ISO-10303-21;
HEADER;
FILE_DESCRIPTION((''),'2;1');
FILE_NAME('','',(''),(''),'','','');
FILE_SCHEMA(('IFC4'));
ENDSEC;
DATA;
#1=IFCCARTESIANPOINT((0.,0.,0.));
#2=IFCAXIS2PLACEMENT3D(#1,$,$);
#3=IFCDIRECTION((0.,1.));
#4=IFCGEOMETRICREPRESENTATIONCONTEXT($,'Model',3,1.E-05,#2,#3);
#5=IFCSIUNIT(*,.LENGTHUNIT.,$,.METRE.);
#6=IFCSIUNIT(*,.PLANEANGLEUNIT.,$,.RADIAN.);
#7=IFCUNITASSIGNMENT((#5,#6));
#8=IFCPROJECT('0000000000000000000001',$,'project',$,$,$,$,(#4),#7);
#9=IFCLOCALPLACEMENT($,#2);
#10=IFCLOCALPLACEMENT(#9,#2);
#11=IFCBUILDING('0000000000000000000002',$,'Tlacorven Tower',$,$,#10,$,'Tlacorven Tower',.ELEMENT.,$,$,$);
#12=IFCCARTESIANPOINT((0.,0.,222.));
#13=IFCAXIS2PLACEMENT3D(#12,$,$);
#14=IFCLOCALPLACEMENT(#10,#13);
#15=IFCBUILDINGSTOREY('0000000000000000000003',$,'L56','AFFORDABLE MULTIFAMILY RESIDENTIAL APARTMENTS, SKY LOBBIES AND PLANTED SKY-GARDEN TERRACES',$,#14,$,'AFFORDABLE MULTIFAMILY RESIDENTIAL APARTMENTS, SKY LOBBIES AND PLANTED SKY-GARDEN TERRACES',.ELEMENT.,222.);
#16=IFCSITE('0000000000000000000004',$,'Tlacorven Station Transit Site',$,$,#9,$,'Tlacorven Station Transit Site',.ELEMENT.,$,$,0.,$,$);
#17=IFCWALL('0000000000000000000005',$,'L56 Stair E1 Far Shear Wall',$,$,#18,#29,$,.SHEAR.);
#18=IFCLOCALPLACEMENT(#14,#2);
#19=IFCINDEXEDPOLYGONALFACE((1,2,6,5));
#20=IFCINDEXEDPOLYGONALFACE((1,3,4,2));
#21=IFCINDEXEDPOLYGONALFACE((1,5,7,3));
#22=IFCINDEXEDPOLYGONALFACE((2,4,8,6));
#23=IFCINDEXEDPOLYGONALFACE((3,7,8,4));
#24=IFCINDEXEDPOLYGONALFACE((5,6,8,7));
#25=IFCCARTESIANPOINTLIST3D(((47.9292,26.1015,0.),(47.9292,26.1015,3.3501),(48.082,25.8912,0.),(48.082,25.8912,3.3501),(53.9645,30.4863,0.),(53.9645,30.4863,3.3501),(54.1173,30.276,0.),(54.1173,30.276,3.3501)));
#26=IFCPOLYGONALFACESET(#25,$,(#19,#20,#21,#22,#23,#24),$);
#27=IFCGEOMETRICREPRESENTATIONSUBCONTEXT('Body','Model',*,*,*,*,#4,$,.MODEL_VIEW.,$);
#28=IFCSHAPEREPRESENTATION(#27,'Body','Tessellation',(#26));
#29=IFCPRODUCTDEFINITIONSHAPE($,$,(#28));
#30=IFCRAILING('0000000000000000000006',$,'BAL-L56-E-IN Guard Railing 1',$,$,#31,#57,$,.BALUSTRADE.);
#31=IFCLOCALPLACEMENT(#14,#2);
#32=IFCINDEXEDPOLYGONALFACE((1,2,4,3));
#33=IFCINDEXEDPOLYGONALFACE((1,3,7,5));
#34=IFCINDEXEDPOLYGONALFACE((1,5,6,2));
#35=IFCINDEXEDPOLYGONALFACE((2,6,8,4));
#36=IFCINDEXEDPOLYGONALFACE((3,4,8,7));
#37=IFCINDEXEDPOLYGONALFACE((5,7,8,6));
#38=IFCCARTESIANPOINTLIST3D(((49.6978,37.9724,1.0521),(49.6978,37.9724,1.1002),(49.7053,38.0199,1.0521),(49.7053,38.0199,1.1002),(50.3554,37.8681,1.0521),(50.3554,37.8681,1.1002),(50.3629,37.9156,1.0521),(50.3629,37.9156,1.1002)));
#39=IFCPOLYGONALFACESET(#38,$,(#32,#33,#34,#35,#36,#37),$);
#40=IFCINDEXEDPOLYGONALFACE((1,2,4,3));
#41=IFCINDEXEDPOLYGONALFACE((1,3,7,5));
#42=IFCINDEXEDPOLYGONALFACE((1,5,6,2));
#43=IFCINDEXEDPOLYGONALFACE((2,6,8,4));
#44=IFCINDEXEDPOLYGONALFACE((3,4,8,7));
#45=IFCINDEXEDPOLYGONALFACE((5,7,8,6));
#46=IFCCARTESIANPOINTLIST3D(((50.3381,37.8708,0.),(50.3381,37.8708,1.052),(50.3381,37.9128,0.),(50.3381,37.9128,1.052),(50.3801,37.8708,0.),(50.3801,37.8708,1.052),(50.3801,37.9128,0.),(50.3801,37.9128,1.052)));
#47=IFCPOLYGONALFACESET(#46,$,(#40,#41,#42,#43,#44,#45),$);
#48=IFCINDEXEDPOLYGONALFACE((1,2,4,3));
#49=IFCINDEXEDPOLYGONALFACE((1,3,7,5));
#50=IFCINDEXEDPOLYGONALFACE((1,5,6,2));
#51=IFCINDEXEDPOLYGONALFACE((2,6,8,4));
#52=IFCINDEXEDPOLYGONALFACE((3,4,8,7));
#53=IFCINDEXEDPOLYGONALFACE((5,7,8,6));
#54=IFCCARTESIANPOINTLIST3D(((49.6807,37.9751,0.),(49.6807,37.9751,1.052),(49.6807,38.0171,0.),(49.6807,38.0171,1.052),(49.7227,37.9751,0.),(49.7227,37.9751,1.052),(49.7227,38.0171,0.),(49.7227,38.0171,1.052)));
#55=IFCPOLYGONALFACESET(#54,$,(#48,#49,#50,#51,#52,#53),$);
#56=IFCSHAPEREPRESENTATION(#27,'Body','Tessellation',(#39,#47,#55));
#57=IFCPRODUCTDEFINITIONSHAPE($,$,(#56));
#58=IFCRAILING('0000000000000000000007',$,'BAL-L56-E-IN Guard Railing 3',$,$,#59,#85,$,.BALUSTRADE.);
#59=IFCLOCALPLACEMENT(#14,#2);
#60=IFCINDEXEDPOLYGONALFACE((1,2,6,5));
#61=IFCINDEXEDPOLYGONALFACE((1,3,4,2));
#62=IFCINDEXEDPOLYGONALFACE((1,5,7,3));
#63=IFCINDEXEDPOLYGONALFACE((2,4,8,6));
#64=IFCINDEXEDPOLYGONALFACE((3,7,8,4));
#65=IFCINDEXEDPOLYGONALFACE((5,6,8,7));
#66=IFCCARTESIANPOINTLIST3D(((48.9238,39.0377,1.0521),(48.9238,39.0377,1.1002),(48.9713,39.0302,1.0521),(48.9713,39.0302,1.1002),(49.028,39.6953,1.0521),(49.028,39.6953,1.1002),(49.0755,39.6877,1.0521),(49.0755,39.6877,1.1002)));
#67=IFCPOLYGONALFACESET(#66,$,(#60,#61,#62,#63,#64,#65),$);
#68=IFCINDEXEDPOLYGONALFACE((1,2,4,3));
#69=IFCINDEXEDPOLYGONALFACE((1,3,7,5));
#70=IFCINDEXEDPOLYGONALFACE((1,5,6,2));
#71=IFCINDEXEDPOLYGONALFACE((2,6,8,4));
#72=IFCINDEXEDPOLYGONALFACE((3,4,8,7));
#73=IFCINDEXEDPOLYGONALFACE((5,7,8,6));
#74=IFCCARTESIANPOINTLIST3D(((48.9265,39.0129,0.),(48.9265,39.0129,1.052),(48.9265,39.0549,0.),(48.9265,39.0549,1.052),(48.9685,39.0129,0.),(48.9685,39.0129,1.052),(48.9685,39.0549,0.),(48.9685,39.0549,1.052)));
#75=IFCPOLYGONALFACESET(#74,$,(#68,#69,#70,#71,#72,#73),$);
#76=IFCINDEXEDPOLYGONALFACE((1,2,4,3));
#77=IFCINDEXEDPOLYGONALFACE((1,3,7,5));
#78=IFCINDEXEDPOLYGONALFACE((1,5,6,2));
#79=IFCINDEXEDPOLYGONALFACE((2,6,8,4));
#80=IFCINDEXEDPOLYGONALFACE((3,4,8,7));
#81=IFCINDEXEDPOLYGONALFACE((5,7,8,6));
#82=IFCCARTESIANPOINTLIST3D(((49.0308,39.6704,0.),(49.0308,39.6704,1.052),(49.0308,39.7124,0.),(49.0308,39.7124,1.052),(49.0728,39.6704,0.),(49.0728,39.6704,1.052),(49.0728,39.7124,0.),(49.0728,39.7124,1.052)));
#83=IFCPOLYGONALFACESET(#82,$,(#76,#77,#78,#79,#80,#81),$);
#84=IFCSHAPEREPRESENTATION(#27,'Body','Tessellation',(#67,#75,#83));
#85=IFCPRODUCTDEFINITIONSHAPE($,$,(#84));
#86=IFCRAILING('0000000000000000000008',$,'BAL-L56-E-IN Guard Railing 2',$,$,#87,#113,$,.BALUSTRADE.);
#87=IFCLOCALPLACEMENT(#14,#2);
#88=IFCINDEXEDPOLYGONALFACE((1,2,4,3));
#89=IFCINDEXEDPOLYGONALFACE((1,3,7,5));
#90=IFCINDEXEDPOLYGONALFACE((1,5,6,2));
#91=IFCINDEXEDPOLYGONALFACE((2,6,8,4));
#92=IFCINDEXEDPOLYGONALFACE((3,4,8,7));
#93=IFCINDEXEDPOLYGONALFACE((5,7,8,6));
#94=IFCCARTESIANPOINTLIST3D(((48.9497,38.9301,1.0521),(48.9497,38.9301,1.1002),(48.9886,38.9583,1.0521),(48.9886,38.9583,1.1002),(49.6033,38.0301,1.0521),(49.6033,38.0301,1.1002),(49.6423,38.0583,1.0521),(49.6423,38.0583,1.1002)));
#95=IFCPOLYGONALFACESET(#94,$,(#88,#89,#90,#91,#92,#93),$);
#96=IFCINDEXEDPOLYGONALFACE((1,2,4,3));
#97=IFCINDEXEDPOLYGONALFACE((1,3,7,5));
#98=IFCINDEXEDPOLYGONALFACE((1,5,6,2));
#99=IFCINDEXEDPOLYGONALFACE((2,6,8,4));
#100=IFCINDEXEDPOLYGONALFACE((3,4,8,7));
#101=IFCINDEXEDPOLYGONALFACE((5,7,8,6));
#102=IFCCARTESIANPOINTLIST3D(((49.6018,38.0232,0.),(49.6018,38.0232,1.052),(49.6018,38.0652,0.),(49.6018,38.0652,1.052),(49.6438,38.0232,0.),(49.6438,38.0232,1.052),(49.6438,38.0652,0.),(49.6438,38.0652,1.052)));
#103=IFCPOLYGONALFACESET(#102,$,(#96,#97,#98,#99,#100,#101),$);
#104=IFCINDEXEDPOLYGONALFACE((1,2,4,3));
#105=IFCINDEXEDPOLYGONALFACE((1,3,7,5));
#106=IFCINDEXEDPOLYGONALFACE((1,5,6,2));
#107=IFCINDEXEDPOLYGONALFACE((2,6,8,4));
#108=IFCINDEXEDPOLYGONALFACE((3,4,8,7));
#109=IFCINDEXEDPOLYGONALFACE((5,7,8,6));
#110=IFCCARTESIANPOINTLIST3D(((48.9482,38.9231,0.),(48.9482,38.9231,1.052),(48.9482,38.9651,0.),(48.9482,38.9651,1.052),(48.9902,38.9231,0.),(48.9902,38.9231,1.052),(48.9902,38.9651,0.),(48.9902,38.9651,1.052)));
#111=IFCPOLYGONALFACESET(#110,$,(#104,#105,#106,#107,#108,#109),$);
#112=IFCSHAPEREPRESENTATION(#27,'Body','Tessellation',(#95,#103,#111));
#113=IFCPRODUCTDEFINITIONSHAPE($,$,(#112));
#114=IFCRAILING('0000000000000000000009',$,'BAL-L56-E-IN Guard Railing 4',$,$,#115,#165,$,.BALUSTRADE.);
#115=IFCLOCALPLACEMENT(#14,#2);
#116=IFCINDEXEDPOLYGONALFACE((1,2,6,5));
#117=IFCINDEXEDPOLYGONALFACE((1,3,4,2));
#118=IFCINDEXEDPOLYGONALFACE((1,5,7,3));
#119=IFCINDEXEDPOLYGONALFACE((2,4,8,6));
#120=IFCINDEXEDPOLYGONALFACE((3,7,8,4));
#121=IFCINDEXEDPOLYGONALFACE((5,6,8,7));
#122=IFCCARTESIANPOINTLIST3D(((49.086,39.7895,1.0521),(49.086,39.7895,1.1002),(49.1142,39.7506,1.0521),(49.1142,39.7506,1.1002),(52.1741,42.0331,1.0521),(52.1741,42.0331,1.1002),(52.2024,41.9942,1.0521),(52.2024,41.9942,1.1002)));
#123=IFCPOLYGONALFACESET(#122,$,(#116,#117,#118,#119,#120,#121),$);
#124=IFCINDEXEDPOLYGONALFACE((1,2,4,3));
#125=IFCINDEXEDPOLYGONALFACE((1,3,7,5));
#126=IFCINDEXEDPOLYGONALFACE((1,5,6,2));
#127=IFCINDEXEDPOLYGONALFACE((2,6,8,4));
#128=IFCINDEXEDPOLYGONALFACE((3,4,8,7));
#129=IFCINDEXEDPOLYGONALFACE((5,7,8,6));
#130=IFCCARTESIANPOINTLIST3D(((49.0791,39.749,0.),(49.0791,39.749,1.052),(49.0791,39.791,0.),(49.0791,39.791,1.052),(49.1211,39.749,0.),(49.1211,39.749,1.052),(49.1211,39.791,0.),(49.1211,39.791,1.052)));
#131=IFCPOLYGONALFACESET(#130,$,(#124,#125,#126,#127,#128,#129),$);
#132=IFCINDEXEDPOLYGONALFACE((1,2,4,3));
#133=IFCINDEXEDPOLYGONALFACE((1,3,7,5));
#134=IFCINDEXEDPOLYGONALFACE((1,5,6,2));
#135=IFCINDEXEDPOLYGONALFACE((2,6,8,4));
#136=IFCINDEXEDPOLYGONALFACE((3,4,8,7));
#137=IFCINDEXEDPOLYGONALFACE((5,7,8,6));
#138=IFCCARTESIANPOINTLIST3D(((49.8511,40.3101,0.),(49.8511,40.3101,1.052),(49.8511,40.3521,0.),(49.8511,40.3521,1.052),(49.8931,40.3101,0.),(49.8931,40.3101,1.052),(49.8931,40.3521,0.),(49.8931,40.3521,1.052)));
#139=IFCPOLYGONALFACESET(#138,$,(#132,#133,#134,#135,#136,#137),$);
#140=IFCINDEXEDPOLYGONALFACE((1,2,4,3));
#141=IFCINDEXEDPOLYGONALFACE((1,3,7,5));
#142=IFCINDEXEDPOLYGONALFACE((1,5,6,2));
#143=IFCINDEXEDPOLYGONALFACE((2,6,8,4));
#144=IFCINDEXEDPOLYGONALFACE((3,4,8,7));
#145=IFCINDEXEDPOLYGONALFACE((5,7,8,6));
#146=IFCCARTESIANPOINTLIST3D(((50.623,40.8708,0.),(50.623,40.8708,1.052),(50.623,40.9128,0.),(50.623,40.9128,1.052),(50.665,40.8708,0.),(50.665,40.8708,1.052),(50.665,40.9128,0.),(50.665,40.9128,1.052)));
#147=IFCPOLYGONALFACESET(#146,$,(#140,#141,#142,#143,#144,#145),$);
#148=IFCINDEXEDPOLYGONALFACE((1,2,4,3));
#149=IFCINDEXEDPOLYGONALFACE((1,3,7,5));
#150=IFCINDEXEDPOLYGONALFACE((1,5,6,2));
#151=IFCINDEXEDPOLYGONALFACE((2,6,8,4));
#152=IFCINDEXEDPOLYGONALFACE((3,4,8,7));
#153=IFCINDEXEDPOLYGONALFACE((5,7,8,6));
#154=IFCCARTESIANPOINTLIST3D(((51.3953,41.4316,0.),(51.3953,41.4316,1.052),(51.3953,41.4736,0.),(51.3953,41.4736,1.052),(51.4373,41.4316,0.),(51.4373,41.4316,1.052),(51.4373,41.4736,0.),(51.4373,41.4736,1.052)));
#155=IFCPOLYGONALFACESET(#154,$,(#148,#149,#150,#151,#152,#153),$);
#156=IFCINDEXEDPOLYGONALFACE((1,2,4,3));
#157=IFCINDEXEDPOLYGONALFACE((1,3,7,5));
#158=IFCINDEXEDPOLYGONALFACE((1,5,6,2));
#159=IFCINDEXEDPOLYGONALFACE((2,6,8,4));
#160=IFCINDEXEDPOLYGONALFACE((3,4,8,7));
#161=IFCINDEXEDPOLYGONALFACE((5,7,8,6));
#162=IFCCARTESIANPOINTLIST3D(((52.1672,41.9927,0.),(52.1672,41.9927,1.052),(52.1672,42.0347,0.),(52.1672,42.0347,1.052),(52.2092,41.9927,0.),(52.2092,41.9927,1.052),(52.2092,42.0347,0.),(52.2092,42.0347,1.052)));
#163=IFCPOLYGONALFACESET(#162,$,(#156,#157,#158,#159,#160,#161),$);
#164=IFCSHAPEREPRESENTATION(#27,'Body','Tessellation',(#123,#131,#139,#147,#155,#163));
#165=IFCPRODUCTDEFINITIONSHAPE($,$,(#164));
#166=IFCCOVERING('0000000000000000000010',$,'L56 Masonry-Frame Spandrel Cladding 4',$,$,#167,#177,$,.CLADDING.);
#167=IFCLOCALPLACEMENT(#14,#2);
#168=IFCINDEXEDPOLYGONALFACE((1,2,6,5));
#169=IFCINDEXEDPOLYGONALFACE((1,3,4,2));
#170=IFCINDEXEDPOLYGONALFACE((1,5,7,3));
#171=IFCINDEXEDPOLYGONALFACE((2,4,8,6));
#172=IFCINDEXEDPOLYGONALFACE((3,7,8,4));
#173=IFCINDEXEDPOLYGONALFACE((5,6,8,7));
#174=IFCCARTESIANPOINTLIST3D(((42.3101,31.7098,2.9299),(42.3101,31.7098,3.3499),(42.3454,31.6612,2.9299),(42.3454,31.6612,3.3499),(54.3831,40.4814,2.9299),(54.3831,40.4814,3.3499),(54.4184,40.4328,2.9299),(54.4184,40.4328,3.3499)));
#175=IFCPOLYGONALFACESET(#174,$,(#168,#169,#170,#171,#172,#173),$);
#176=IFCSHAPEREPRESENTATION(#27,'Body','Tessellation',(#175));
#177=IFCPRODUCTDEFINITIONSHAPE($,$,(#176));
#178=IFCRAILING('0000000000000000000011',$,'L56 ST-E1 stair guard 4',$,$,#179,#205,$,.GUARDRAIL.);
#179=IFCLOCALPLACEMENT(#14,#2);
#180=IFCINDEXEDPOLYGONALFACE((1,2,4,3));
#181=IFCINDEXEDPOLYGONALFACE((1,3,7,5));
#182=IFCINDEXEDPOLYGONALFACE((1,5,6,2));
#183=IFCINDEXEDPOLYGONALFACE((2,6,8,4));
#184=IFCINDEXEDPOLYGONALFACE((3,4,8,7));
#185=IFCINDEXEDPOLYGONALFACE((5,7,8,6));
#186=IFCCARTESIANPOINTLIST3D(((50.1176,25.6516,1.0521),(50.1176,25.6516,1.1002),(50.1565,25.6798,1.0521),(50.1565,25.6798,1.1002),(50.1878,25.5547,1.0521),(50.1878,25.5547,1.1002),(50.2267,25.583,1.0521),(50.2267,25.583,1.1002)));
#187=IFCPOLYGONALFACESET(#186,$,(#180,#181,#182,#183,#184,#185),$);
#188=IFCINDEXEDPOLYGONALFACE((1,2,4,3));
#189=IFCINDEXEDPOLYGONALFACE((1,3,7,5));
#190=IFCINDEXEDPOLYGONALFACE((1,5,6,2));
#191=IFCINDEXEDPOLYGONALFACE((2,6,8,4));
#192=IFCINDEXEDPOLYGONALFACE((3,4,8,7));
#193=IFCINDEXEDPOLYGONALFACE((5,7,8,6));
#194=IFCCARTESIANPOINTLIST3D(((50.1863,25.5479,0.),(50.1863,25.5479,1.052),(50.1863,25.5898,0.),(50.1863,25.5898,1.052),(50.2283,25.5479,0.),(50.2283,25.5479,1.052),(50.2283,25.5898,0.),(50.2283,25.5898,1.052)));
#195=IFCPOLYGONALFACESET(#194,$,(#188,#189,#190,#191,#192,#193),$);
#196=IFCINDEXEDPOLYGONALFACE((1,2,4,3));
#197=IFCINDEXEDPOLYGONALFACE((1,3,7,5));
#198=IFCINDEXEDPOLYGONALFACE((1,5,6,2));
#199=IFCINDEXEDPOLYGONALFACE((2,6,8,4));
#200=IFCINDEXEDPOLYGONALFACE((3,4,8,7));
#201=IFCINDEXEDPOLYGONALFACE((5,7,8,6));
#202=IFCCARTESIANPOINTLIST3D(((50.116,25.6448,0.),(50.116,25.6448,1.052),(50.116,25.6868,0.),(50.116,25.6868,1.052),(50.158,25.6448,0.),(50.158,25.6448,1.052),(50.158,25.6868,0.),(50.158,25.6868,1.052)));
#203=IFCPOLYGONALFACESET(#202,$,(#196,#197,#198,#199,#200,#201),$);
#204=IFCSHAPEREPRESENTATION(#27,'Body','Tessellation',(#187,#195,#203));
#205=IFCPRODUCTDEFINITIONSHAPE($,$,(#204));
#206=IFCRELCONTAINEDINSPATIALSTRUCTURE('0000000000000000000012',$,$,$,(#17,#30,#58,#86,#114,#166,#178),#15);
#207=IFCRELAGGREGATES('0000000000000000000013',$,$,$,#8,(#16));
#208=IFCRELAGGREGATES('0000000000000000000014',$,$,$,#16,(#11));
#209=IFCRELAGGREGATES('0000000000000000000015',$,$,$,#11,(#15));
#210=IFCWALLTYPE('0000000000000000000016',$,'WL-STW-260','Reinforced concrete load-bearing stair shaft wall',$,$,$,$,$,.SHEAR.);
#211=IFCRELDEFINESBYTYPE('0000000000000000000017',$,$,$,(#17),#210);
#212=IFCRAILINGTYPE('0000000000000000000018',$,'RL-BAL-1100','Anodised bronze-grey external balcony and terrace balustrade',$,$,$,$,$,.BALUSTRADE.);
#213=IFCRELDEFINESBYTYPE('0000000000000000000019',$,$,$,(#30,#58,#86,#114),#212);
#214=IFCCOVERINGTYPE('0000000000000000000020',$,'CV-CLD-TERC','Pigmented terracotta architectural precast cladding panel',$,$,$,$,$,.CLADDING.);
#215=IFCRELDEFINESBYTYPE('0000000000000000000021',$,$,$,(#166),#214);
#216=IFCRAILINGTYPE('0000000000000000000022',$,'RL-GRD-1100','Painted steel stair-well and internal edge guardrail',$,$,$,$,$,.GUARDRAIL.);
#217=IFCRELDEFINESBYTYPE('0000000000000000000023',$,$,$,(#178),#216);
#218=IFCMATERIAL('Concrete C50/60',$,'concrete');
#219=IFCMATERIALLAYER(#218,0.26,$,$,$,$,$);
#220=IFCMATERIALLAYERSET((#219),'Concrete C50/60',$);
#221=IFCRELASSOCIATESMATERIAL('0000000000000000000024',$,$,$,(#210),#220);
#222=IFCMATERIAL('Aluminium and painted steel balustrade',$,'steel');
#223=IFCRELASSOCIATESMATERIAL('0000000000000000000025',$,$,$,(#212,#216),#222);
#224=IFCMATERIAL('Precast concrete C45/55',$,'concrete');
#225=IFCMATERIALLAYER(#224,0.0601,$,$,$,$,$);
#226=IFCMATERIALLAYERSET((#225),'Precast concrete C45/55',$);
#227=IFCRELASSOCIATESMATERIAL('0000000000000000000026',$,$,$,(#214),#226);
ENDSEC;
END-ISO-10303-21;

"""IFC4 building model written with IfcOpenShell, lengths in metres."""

from ifc_helpers import new_model, si_unit, direction, frame, frame_2d, origin, origin_2d, place, context, subcontext, project, spatial, rectangle, extrude, source, transform, mapped, material, layer, layer_set, type_object, element, save


model = new_model("IFC4")

# Units and contexts
model_context = context("Model", 3, precision=1e-05, world=origin(), true_north=direction((0.0, 1.0)))
body_context = subcontext(model_context, "Body", "Model", "MODEL_VIEW")
ifc_project = project(units=[si_unit("LENGTHUNIT", "METRE"), si_unit("PLANEANGLEUNIT", "RADIAN")], contexts=[model_context])

# Site, building, storey
site_placement = place(None, origin())
site = spatial("IfcSite", under=ifc_project, at=site_placement, Name="Tlacorven Station Transit Site", LongName="Tlacorven Station Transit Site", CompositionType="ELEMENT", RefElevation=0.0)
building_placement = place(site_placement, origin())
building = spatial("IfcBuilding", under=site, at=building_placement, Name="Tlacorven Tower", LongName="Tlacorven Tower", CompositionType="ELEMENT")
storey_placement = place(building_placement, frame((0.0, 0.0, 222.0)))
storey = spatial("IfcBuildingStorey", under=building, at=storey_placement, Name="L56", Description="AFFORDABLE MULTIFAMILY RESIDENTIAL APARTMENTS, SKY LOBBIES AND PLANTED SKY-GARDEN TERRACES", LongName="AFFORDABLE MULTIFAMILY RESIDENTIAL APARTMENTS, SKY LOBBIES AND PLANTED SKY-GARDEN TERRACES", CompositionType="ELEMENT", Elevation=222.0)

# Shared definitions
ifc_material_1 = material(Name="Precast concrete C45/55", Category="concrete")

# Wall
ifc_material_2 = material(Name="Concrete C50/60", Category="concrete")
ifc_layer_1 = layer(ifc_material_2, 0.26)
ifc_layer_set_1 = layer_set([ifc_layer_1], Name="Concrete C50/60")
wall_type_1 = type_object("IfcWallType", Name="WL-STW-260", Description="Reinforced concrete load-bearing stair shaft wall", PredefinedType="SHEAR", material=ifc_layer_set_1)
wall_1_placement = place(storey_placement, frame((48.0056, 25.9963, 0.0), z_axis=(0.0, 0.0, 1.0), x_axis=(0.809019, 0.587782, 0.0)))
element("IfcWall", 1, at=wall_1_placement, inside=storey, type_object=wall_type_1, Name="L56 Stair E1 Far Shear Wall", PredefinedType="SHEAR", context=body_context, shape_type="SweptSolid", body=[
    extrude(rectangle(XDim=7.46, YDim=0.26, at=frame_2d((3.73, 0.0))), origin(), (0.0, 0.0, 1.0), 3.3501),
])

# Railings
ifc_material_3 = material(Name="Aluminium and painted steel balustrade", Category="steel")
railing_type_1 = type_object("IfcRailingType", Name="RL-BAL-1100", Description="Anodised bronze-grey external balcony and terrace balustrade", PredefinedType="BALUSTRADE", material=ifc_material_3)
shared_shape_1 = source(origin(), body_context, "Body", "SweptSolid", [
    extrude(rectangle(XDim=0.0481, YDim=0.0481, at=origin_2d()), frame((0.0, 0.0, 1.0762), z_axis=(-0.987662, 0.156603, 0.0), x_axis=(-0.156603, -0.987662, 0.0)), (0.0, 0.0, 1.0), 0.6658),
    extrude(rectangle(XDim=0.042, YDim=0.042, at=origin_2d()), origin(), (0.0, 0.0, 1.0), 1.052),
    extrude(rectangle(XDim=0.042, YDim=0.042, at=origin_2d()), frame((-0.6575, 0.1042, 0.0)), (0.0, 0.0, 1.0), 1.052),
])
railing_1_placement = place(storey_placement, frame((50.3591, 37.8918, 0.0)))
element("IfcRailing", 2, at=railing_1_placement, inside=storey, type_object=railing_type_1, Name="BAL-L56-E-IN Guard Railing 1", PredefinedType="BALUSTRADE", context=body_context, shape_type="MappedRepresentation", body=[
    mapped(shared_shape_1, transform((0.0, 0.0, 0.0), scale=1.0)),
])
shared_shape_2 = source(origin(), body_context, "Body", "SweptSolid", [
    extrude(rectangle(XDim=0.0481, YDim=0.0481, at=origin_2d()), frame((0.0, 0.0, 1.0762), z_axis=(0.156603, 0.987662, 0.0), x_axis=(-0.987662, 0.156603, 0.0)), (0.0, 0.0, 1.0), 0.6658),
    extrude(rectangle(XDim=0.042, YDim=0.042, at=origin_2d()), origin(), (0.0, 0.0, 1.0), 1.052),
    extrude(rectangle(XDim=0.042, YDim=0.042, at=origin_2d()), frame((0.1042, 0.6575, 0.0)), (0.0, 0.0, 1.0), 1.052),
])
railing_2_placement = place(storey_placement, frame((48.9475, 39.0339, 0.0)))
element("IfcRailing", 3, at=railing_2_placement, inside=storey, type_object=railing_type_1, Name="BAL-L56-E-IN Guard Railing 3", PredefinedType="BALUSTRADE", context=body_context, shape_type="MappedRepresentation", body=[
    mapped(shared_shape_2, transform((0.0, 0.0, 0.0), scale=1.0)),
])
shared_shape_3 = source(origin(), body_context, "Body", "SweptSolid", [
    extrude(rectangle(XDim=0.0481, YDim=0.0481, at=origin_2d()), frame((0.0, 0.0, 1.0762), z_axis=(-0.587636, 0.809125, 0.0), x_axis=(-0.809125, -0.587636, 0.0)), (0.0, 0.0, 1.0), 1.1123),
    extrude(rectangle(XDim=0.042, YDim=0.042, at=origin_2d()), origin(), (0.0, 0.0, 1.0), 1.052),
    extrude(rectangle(XDim=0.042, YDim=0.042, at=origin_2d()), frame((-0.6536, 0.8999, 0.0)), (0.0, 0.0, 1.0), 1.052),
])
railing_3_placement = place(storey_placement, frame((49.6228, 38.0442, 0.0)))
element("IfcRailing", 4, at=railing_3_placement, inside=storey, type_object=railing_type_1, Name="BAL-L56-E-IN Guard Railing 2", PredefinedType="BALUSTRADE", context=body_context, shape_type="MappedRepresentation", body=[
    mapped(shared_shape_3, transform((0.0, 0.0, 0.0), scale=1.0)),
])
shared_shape_4 = source(origin(), body_context, "Body", "SweptSolid", [
    extrude(rectangle(XDim=0.0481, YDim=0.0481, at=origin_2d()), frame((0.0, 0.0, 1.0762), z_axis=(0.809018, 0.587784, 0.0), x_axis=(-0.587784, 0.809018, 0.0)), (0.0, 0.0, 1.0), 3.8171),
    extrude(rectangle(XDim=0.042, YDim=0.042, at=origin_2d()), origin(), (0.0, 0.0, 1.0), 1.052),
    extrude(rectangle(XDim=0.042, YDim=0.042, at=origin_2d()), frame((0.772, 0.561, 0.0)), (0.0, 0.0, 1.0), 1.052),
    extrude(rectangle(XDim=0.042, YDim=0.042, at=origin_2d()), frame((1.5439, 1.1218, 0.0)), (0.0, 0.0, 1.0), 1.052),
    extrude(rectangle(XDim=0.042, YDim=0.042, at=origin_2d()), frame((2.3162, 1.6826, 0.0)), (0.0, 0.0, 1.0), 1.052),
    extrude(rectangle(XDim=0.042, YDim=0.042, at=origin_2d()), frame((3.0881, 2.2437, 0.0)), (0.0, 0.0, 1.0), 1.052),
])
railing_4_placement = place(storey_placement, frame((49.1001, 39.77, 0.0)))
element("IfcRailing", 5, at=railing_4_placement, inside=storey, type_object=railing_type_1, Name="BAL-L56-E-IN Guard Railing 4", PredefinedType="BALUSTRADE", context=body_context, shape_type="MappedRepresentation", body=[
    mapped(shared_shape_4, transform((0.0, 0.0, 0.0), scale=1.0)),
])

# Covering
ifc_layer_2 = layer(ifc_material_1, 0.0601)
ifc_layer_set_2 = layer_set([ifc_layer_2], Name="Precast concrete C45/55")
covering_type = type_object("IfcCoveringType", Name="CV-CLD-TERC", Description="Pigmented terracotta architectural precast cladding panel", PredefinedType="CLADDING", material=ifc_layer_set_2)
shared_shape_5 = source(origin(), body_context, "Body", "SweptSolid", [
    extrude(rectangle(XDim=14.9231, YDim=0.0601, at=origin_2d()), origin(), (0.0, 0.0, 1.0), 0.4199),
])
covering_placement = place(storey_placement, frame((48.3643, 36.0713, 2.9299), z_axis=(0.0, 0.0, 1.0), x_axis=(0.809017, 0.587786, 0.0)))
element("IfcCovering", 6, at=covering_placement, inside=storey, type_object=covering_type, Name="L56 Masonry-Frame Spandrel Cladding 4", PredefinedType="CLADDING", context=body_context, shape_type="MappedRepresentation", body=[
    mapped(shared_shape_5, transform((0.0, 0.0, 0.0), scale=1.0)),
])

# Railing
railing_type_2 = type_object("IfcRailingType", Name="RL-GRD-1100", Description="Painted steel stair-well and internal edge guardrail", PredefinedType="GUARDRAIL", material=ifc_material_3)
shared_shape_6 = source(origin(), body_context, "Body", "SweptSolid", [
    extrude(rectangle(XDim=0.0481, YDim=0.0481, at=origin_2d()), frame((0.0, 0.0, 1.0762), z_axis=(-0.587201, 0.809441, 0.0), x_axis=(-0.809441, -0.587201, 0.0)), (0.0, 0.0, 1.0), 0.1196),
    extrude(rectangle(XDim=0.042, YDim=0.042, at=origin_2d()), origin(), (0.0, 0.0, 1.0), 1.052),
    extrude(rectangle(XDim=0.042, YDim=0.042, at=origin_2d()), frame((-0.0703, 0.0969, 0.0)), (0.0, 0.0, 1.0), 1.052),
])
railing_5_placement = place(storey_placement, frame((50.2073, 25.5688, 0.0)))
element("IfcRailing", 7, at=railing_5_placement, inside=storey, type_object=railing_type_2, Name="L56 ST-E1 stair guard 4", PredefinedType="GUARDRAIL", context=body_context, shape_type="MappedRepresentation", body=[
    mapped(shared_shape_6, transform((0.0, 0.0, 0.0), scale=1.0)),
])

save(model, "model.ifc")
